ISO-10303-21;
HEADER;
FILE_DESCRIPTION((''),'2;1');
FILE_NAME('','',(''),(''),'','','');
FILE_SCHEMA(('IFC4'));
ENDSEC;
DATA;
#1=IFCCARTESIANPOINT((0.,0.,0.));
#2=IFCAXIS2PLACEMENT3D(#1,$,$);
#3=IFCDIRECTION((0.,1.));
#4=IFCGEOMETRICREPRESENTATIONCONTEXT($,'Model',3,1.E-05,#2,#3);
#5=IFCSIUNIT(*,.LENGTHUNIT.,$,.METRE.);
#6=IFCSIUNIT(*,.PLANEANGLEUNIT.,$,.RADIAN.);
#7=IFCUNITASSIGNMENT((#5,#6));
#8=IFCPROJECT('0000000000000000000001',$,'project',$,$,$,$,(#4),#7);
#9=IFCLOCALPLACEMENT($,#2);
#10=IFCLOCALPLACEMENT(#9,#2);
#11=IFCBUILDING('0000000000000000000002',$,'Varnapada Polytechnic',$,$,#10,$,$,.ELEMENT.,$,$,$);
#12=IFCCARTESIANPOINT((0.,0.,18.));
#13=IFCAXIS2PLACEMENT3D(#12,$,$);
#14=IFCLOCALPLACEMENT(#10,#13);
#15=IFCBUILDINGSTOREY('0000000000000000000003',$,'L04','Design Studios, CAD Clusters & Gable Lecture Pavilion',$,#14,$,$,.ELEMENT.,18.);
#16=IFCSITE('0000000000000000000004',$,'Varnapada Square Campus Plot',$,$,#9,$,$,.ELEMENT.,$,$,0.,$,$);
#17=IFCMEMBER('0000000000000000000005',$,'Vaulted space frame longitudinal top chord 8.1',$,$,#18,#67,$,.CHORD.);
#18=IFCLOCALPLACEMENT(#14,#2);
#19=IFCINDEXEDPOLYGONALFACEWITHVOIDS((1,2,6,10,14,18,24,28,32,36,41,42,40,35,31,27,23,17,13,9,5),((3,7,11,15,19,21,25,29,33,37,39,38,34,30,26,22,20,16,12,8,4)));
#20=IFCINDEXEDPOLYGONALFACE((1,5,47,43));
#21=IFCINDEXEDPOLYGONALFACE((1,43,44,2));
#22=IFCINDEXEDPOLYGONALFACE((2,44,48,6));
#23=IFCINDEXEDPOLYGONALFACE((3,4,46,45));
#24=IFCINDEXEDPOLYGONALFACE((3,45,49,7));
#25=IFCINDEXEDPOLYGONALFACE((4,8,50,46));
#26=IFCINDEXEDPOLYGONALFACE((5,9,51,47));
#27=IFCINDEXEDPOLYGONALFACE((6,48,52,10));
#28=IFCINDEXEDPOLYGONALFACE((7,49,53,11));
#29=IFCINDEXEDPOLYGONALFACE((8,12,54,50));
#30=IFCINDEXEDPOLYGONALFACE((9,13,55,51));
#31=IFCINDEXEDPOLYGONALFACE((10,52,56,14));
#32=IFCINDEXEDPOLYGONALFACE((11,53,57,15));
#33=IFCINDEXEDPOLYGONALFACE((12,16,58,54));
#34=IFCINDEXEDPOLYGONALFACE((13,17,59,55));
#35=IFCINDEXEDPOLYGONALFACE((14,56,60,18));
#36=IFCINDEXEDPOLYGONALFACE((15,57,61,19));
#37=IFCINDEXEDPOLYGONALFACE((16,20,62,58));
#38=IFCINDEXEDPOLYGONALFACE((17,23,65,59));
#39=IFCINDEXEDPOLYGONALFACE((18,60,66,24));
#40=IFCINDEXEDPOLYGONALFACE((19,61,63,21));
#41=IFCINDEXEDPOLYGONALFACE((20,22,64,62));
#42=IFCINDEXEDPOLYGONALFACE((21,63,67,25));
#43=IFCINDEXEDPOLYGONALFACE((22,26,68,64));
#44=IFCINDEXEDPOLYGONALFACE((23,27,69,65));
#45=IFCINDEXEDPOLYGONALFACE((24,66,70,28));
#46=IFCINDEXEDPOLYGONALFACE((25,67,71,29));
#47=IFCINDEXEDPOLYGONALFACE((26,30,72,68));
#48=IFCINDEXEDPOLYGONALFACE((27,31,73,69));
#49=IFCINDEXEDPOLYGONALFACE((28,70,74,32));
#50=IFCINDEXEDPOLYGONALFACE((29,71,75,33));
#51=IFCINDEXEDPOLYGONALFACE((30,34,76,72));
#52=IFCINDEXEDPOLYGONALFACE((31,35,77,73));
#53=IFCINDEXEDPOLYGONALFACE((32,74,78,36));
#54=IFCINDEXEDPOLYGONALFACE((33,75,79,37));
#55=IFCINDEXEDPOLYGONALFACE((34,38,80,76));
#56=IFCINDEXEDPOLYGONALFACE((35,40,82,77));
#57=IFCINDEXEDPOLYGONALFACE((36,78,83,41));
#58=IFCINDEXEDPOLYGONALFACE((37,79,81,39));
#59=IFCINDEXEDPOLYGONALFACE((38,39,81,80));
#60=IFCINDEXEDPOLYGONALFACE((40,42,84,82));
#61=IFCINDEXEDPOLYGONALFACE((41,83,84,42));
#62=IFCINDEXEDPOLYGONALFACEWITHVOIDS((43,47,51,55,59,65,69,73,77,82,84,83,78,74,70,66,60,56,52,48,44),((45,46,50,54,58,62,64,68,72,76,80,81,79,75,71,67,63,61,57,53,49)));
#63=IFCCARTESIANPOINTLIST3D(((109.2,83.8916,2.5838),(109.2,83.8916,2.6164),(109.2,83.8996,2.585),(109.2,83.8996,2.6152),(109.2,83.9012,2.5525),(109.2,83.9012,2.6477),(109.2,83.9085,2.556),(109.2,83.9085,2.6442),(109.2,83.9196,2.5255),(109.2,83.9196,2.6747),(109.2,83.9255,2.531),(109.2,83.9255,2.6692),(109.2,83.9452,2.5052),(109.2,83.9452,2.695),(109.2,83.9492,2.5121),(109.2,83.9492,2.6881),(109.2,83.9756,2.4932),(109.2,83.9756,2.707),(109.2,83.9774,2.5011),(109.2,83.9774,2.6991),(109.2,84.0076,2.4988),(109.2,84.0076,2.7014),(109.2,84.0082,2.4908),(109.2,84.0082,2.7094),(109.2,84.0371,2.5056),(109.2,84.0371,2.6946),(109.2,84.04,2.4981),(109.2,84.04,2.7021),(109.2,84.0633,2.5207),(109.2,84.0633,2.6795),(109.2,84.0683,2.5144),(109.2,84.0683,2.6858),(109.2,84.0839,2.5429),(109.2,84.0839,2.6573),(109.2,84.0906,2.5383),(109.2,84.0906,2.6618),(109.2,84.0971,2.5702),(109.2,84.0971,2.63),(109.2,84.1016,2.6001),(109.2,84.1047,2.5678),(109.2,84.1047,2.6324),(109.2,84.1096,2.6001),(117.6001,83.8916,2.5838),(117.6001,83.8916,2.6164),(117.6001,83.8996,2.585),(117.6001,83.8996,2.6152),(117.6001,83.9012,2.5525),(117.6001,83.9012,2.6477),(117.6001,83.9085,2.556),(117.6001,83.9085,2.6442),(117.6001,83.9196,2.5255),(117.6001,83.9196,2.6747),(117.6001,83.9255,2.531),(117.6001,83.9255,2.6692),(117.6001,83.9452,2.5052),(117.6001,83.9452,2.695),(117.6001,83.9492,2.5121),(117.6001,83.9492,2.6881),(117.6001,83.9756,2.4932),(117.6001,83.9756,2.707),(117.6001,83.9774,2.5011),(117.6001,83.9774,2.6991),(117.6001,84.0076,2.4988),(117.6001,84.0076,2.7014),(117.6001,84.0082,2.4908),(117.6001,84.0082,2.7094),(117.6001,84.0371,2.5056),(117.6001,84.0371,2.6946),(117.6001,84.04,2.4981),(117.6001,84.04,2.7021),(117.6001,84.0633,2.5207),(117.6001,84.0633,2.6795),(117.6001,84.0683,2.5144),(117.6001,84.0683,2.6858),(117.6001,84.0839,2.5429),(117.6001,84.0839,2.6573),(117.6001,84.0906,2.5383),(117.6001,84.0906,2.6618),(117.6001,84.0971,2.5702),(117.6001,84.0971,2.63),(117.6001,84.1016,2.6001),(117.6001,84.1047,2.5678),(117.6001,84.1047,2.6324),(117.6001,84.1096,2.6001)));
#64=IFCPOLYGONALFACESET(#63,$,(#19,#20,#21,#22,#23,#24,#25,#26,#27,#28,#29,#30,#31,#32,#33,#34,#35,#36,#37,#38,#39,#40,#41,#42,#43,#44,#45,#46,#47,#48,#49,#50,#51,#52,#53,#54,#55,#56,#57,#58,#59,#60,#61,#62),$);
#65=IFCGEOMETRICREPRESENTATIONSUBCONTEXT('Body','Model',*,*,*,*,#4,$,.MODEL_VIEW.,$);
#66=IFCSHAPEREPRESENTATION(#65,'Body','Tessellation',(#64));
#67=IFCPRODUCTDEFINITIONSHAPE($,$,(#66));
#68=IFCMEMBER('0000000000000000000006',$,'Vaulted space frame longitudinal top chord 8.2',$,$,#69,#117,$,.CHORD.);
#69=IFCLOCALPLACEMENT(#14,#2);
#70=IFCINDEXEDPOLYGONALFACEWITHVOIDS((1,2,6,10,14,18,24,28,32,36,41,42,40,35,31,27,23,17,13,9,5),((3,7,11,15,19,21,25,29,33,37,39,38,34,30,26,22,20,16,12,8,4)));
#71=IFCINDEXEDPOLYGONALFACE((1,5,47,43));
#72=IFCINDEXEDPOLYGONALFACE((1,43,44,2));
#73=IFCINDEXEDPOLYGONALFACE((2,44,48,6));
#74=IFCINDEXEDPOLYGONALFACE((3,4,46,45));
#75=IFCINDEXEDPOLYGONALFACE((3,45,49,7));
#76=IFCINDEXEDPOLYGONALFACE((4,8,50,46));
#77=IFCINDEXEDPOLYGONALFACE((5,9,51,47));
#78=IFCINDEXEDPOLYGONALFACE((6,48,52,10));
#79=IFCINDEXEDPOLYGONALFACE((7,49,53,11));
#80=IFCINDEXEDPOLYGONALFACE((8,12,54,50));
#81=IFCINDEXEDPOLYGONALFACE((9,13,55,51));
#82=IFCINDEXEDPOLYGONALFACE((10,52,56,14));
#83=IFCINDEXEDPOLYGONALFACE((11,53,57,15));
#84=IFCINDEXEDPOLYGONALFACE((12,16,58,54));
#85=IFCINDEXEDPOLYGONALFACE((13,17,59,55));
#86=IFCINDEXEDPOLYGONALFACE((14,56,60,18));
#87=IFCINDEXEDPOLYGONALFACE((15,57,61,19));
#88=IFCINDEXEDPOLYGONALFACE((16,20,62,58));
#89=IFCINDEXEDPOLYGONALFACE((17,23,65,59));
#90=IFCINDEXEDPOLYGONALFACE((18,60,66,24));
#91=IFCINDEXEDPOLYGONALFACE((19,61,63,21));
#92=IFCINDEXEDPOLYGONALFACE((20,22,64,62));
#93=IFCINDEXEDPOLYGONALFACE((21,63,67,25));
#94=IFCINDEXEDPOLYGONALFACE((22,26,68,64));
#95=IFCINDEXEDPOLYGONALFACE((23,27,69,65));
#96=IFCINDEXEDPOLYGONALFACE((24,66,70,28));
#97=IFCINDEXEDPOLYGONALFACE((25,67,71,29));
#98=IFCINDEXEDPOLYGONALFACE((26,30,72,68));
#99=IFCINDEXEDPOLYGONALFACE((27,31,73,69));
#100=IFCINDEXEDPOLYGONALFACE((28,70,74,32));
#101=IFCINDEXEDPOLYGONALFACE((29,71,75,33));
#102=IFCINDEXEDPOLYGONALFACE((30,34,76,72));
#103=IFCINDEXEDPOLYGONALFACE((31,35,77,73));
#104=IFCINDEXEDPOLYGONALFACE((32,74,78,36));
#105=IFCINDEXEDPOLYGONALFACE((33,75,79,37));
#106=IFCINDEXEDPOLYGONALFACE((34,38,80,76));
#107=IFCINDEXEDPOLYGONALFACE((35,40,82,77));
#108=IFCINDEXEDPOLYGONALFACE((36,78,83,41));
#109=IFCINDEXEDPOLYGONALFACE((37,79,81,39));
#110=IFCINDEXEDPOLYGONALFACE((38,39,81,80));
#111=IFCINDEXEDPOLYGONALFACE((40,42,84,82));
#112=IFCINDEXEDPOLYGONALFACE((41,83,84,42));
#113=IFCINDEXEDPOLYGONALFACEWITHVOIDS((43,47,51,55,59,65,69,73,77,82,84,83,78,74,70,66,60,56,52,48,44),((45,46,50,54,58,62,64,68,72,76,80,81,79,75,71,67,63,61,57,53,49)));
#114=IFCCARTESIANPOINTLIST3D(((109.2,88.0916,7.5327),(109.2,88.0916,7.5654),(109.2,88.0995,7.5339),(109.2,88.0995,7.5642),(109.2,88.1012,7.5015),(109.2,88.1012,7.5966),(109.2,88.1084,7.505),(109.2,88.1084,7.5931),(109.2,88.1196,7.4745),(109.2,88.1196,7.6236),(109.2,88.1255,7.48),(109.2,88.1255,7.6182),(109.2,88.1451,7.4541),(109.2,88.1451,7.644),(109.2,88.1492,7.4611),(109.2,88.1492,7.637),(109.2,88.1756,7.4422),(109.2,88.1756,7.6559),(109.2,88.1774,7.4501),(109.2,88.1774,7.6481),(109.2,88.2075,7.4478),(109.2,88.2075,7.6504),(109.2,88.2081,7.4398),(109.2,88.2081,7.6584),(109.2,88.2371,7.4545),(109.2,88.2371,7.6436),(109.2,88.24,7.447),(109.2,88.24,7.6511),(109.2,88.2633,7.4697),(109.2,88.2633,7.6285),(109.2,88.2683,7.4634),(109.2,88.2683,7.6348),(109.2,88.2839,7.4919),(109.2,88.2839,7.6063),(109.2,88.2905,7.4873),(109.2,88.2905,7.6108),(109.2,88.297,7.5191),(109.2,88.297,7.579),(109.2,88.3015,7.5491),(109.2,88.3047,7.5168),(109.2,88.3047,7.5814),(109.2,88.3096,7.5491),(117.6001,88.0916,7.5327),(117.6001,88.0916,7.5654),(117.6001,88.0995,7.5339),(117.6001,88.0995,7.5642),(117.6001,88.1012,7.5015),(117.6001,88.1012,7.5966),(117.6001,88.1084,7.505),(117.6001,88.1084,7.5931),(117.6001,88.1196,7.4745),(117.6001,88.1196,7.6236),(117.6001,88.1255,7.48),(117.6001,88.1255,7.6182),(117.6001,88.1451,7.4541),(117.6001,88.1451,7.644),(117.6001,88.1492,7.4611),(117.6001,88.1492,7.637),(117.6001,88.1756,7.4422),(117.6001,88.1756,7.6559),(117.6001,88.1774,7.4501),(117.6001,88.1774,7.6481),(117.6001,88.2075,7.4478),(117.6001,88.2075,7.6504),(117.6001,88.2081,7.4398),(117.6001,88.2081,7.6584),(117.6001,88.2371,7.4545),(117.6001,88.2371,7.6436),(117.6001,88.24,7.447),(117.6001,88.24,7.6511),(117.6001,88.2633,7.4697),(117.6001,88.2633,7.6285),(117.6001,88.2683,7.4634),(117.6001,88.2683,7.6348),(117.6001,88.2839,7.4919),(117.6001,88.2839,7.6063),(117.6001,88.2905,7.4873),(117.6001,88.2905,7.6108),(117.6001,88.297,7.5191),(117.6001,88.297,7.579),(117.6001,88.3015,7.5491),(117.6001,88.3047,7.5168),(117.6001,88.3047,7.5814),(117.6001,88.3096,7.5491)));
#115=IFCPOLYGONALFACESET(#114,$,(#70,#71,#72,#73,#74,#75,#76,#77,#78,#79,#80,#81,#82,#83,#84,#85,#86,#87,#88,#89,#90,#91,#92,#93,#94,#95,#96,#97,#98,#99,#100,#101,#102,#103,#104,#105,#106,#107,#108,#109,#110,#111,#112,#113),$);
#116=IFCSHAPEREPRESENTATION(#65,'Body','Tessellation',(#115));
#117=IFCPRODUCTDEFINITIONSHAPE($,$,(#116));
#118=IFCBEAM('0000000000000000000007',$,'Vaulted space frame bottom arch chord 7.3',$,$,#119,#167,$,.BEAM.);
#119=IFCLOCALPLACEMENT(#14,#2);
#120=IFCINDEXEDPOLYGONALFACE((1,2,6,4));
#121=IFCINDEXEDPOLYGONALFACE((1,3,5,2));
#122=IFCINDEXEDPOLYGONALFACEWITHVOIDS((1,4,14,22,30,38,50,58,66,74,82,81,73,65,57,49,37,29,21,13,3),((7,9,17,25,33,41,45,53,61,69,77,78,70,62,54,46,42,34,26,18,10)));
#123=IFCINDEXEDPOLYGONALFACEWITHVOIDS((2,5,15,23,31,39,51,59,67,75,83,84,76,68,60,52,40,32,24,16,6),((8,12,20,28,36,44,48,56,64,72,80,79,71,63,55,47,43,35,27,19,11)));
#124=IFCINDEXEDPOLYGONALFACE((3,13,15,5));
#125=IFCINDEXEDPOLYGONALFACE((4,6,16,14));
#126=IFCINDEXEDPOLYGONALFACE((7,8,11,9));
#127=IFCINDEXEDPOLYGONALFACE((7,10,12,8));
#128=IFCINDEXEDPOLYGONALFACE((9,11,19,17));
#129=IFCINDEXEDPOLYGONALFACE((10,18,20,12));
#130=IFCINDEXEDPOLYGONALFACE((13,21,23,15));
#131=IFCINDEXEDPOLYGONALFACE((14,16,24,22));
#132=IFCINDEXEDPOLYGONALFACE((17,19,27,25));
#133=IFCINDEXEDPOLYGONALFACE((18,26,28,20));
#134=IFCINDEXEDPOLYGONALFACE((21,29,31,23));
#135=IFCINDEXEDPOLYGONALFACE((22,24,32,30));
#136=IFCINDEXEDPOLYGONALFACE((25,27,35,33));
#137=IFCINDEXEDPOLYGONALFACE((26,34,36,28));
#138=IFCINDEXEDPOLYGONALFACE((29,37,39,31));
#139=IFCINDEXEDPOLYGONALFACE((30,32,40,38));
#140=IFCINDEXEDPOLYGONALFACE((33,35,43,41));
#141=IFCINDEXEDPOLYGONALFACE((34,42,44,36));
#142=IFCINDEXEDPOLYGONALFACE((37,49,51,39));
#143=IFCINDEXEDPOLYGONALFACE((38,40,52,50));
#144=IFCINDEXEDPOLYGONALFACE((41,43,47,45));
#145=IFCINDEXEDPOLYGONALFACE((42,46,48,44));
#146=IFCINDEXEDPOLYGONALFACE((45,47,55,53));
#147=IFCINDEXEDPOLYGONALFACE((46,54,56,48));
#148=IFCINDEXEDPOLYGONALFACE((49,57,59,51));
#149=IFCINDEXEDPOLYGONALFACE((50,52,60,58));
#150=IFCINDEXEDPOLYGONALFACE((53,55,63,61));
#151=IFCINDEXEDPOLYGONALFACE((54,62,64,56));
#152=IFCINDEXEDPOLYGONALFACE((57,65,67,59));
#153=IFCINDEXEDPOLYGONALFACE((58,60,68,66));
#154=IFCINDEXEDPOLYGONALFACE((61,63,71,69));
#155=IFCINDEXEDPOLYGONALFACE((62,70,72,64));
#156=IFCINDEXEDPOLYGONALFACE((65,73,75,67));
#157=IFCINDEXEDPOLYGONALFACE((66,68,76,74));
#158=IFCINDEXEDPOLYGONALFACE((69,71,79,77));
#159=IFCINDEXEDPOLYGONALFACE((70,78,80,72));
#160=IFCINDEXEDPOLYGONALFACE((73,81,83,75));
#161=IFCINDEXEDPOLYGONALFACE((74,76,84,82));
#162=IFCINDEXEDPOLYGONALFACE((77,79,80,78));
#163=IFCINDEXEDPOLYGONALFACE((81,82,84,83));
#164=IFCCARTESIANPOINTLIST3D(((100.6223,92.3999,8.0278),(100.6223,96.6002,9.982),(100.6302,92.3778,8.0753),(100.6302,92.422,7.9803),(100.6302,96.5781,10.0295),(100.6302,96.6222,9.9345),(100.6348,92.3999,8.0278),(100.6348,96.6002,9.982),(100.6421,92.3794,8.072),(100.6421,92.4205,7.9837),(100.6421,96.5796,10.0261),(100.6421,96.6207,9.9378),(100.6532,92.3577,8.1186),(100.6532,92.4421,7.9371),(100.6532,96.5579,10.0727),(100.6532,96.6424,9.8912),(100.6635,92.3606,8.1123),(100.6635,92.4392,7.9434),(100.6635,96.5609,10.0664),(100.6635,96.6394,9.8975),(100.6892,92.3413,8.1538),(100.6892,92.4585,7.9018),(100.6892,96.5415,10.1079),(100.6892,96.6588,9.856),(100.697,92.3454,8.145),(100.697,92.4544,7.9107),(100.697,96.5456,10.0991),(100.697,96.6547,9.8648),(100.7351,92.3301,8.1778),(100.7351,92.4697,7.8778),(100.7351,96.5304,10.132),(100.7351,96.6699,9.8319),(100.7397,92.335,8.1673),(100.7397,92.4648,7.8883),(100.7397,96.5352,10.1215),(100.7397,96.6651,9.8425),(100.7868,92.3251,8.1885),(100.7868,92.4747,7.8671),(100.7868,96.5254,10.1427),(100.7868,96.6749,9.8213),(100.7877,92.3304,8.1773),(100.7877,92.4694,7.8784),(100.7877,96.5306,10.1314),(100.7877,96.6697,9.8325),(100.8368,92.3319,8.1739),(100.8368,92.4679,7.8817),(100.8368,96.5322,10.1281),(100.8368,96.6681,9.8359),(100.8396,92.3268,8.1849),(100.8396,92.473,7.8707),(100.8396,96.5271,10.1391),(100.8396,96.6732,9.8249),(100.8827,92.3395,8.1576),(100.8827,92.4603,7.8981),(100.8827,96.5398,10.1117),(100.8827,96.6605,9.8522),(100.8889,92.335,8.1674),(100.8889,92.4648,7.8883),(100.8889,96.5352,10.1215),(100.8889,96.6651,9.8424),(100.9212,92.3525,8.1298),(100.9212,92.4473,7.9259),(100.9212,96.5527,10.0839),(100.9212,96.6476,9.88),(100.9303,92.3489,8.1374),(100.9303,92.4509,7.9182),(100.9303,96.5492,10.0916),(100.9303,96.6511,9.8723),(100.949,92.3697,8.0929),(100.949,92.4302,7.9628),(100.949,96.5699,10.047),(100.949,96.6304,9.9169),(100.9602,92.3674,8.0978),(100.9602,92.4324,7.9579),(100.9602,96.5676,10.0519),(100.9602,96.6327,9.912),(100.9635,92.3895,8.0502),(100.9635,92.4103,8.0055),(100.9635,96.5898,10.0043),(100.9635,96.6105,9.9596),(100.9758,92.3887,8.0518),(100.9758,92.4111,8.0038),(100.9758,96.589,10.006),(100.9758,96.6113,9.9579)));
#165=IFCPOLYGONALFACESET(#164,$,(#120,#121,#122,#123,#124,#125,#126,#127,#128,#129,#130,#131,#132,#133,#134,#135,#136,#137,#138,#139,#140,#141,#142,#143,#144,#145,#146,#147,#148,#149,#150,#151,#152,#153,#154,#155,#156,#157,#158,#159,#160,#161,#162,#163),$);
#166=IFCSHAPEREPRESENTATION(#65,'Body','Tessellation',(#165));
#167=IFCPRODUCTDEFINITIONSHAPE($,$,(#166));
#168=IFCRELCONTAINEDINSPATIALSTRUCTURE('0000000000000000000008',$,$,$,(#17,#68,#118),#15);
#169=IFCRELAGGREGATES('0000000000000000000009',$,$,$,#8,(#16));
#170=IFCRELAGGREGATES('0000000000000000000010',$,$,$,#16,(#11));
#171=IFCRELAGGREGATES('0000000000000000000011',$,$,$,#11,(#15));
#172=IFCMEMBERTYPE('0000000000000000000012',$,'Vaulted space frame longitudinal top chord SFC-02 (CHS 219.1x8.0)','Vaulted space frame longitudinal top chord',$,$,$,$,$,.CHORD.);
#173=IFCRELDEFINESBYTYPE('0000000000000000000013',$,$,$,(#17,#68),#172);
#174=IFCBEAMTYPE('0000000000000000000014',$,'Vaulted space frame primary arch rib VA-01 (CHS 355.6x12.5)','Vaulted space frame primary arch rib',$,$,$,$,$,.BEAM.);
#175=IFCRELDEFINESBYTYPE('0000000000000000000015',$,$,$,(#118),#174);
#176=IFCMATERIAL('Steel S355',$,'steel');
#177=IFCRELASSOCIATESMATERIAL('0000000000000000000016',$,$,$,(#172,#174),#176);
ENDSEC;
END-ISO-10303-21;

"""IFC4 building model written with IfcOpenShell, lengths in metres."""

from ifc_helpers import new_model, si_unit, direction, frame, origin, origin_2d, place, context, subcontext, project, spatial, hollow_circle, extrude, material, material_profile, profile_set, type_object, element, save


model = new_model("IFC4")

# Units and contexts
model_context = context("Model", 3, precision=1e-05, world=origin(), true_north=direction((0.0, 1.0)))
body_context = subcontext(model_context, "Body", "Model", "MODEL_VIEW")
ifc_project = project(units=[si_unit("LENGTHUNIT", "METRE"), si_unit("PLANEANGLEUNIT", "RADIAN")], contexts=[model_context])

# Site, building, storey
site_placement = place(None, origin())
site = spatial("IfcSite", under=ifc_project, at=site_placement, Name="Varnapada Square Campus Plot", CompositionType="ELEMENT", RefElevation=0.0)
building_placement = place(site_placement, origin())
building = spatial("IfcBuilding", under=site, at=building_placement, Name="Varnapada Polytechnic", CompositionType="ELEMENT")
storey_placement = place(building_placement, frame((0.0, 0.0, 18.0)))
storey = spatial("IfcBuildingStorey", under=building, at=storey_placement, Name="L04", Description="Design Studios, CAD Clusters & Gable Lecture Pavilion", CompositionType="ELEMENT", Elevation=18.0)

# Shared definitions
ifc_material = material(Name="Steel S355", Category="steel")

# Members
ifc_material_profile_1 = material_profile(ifc_material, hollow_circle(Radius=0.1096, WallThickness=0.0081, at=origin_2d()), Name="CHS 219.1x8.0")
ifc_profile_set_1 = profile_set([ifc_material_profile_1], Name="Steel S355")
member_type_1 = type_object("IfcMemberType", Name="Vaulted space frame longitudinal top chord SFC-02 (CHS 219.1x8.0)", Description="Vaulted space frame longitudinal top chord", PredefinedType="CHORD", material=ifc_profile_set_1)
for number, where, z_axis, x_axis, name in (
    (1, (109.2, 84.0, 2.6001), (1.0, 0.0, 0.0), (0.0, 1.0, 0.0), "Vaulted space frame longitudinal top chord 8.1"),
    (2, (109.2, 88.2, 7.5491), (1.0, 0.0, 0.0), (0.0, 1.0, 0.0), "Vaulted space frame longitudinal top chord 8.2"),
):
    element("IfcMember", number, at=place(storey_placement, frame(where, z_axis=z_axis, x_axis=x_axis)), inside=storey, type_object=member_type_1, Name=name, PredefinedType="CHORD", context=body_context, shape_type="SweptSolid", body=[
        extrude(hollow_circle(Radius=0.1096, WallThickness=0.0081, at=origin_2d()), origin(), (0.0, 0.0, 1.0), 8.4001),
    ])

# Beam
ifc_material_profile_2 = material_profile(ifc_material, hollow_circle(Radius=0.1777, WallThickness=0.0125, at=origin_2d()), Name="CHS 355.6x12.5")
ifc_profile_set_2 = profile_set([ifc_material_profile_2], Name="Steel S355")
beam_type_1 = type_object("IfcBeamType", Name="Vaulted space frame primary arch rib VA-01 (CHS 355.6x12.5)", Description="Vaulted space frame primary arch rib", PredefinedType="BEAM", material=ifc_profile_set_2)
beam_1_placement = place(storey_placement, frame((100.8, 92.3999, 8.0278), z_axis=(0.0, 0.906678, 0.421823), x_axis=(-1.0, 0.0, 0.0)))
element("IfcBeam", 3, at=beam_1_placement, inside=storey, type_object=beam_type_1, Name="Vaulted space frame bottom arch chord 7.3", PredefinedType="BEAM", context=body_context, shape_type="SweptSolid", body=[
    extrude(hollow_circle(Radius=0.1777, WallThickness=0.0125, at=origin_2d()), origin(), (0.0, 0.0, 1.0), 4.6326),
])

save(model, "model.ifc")
